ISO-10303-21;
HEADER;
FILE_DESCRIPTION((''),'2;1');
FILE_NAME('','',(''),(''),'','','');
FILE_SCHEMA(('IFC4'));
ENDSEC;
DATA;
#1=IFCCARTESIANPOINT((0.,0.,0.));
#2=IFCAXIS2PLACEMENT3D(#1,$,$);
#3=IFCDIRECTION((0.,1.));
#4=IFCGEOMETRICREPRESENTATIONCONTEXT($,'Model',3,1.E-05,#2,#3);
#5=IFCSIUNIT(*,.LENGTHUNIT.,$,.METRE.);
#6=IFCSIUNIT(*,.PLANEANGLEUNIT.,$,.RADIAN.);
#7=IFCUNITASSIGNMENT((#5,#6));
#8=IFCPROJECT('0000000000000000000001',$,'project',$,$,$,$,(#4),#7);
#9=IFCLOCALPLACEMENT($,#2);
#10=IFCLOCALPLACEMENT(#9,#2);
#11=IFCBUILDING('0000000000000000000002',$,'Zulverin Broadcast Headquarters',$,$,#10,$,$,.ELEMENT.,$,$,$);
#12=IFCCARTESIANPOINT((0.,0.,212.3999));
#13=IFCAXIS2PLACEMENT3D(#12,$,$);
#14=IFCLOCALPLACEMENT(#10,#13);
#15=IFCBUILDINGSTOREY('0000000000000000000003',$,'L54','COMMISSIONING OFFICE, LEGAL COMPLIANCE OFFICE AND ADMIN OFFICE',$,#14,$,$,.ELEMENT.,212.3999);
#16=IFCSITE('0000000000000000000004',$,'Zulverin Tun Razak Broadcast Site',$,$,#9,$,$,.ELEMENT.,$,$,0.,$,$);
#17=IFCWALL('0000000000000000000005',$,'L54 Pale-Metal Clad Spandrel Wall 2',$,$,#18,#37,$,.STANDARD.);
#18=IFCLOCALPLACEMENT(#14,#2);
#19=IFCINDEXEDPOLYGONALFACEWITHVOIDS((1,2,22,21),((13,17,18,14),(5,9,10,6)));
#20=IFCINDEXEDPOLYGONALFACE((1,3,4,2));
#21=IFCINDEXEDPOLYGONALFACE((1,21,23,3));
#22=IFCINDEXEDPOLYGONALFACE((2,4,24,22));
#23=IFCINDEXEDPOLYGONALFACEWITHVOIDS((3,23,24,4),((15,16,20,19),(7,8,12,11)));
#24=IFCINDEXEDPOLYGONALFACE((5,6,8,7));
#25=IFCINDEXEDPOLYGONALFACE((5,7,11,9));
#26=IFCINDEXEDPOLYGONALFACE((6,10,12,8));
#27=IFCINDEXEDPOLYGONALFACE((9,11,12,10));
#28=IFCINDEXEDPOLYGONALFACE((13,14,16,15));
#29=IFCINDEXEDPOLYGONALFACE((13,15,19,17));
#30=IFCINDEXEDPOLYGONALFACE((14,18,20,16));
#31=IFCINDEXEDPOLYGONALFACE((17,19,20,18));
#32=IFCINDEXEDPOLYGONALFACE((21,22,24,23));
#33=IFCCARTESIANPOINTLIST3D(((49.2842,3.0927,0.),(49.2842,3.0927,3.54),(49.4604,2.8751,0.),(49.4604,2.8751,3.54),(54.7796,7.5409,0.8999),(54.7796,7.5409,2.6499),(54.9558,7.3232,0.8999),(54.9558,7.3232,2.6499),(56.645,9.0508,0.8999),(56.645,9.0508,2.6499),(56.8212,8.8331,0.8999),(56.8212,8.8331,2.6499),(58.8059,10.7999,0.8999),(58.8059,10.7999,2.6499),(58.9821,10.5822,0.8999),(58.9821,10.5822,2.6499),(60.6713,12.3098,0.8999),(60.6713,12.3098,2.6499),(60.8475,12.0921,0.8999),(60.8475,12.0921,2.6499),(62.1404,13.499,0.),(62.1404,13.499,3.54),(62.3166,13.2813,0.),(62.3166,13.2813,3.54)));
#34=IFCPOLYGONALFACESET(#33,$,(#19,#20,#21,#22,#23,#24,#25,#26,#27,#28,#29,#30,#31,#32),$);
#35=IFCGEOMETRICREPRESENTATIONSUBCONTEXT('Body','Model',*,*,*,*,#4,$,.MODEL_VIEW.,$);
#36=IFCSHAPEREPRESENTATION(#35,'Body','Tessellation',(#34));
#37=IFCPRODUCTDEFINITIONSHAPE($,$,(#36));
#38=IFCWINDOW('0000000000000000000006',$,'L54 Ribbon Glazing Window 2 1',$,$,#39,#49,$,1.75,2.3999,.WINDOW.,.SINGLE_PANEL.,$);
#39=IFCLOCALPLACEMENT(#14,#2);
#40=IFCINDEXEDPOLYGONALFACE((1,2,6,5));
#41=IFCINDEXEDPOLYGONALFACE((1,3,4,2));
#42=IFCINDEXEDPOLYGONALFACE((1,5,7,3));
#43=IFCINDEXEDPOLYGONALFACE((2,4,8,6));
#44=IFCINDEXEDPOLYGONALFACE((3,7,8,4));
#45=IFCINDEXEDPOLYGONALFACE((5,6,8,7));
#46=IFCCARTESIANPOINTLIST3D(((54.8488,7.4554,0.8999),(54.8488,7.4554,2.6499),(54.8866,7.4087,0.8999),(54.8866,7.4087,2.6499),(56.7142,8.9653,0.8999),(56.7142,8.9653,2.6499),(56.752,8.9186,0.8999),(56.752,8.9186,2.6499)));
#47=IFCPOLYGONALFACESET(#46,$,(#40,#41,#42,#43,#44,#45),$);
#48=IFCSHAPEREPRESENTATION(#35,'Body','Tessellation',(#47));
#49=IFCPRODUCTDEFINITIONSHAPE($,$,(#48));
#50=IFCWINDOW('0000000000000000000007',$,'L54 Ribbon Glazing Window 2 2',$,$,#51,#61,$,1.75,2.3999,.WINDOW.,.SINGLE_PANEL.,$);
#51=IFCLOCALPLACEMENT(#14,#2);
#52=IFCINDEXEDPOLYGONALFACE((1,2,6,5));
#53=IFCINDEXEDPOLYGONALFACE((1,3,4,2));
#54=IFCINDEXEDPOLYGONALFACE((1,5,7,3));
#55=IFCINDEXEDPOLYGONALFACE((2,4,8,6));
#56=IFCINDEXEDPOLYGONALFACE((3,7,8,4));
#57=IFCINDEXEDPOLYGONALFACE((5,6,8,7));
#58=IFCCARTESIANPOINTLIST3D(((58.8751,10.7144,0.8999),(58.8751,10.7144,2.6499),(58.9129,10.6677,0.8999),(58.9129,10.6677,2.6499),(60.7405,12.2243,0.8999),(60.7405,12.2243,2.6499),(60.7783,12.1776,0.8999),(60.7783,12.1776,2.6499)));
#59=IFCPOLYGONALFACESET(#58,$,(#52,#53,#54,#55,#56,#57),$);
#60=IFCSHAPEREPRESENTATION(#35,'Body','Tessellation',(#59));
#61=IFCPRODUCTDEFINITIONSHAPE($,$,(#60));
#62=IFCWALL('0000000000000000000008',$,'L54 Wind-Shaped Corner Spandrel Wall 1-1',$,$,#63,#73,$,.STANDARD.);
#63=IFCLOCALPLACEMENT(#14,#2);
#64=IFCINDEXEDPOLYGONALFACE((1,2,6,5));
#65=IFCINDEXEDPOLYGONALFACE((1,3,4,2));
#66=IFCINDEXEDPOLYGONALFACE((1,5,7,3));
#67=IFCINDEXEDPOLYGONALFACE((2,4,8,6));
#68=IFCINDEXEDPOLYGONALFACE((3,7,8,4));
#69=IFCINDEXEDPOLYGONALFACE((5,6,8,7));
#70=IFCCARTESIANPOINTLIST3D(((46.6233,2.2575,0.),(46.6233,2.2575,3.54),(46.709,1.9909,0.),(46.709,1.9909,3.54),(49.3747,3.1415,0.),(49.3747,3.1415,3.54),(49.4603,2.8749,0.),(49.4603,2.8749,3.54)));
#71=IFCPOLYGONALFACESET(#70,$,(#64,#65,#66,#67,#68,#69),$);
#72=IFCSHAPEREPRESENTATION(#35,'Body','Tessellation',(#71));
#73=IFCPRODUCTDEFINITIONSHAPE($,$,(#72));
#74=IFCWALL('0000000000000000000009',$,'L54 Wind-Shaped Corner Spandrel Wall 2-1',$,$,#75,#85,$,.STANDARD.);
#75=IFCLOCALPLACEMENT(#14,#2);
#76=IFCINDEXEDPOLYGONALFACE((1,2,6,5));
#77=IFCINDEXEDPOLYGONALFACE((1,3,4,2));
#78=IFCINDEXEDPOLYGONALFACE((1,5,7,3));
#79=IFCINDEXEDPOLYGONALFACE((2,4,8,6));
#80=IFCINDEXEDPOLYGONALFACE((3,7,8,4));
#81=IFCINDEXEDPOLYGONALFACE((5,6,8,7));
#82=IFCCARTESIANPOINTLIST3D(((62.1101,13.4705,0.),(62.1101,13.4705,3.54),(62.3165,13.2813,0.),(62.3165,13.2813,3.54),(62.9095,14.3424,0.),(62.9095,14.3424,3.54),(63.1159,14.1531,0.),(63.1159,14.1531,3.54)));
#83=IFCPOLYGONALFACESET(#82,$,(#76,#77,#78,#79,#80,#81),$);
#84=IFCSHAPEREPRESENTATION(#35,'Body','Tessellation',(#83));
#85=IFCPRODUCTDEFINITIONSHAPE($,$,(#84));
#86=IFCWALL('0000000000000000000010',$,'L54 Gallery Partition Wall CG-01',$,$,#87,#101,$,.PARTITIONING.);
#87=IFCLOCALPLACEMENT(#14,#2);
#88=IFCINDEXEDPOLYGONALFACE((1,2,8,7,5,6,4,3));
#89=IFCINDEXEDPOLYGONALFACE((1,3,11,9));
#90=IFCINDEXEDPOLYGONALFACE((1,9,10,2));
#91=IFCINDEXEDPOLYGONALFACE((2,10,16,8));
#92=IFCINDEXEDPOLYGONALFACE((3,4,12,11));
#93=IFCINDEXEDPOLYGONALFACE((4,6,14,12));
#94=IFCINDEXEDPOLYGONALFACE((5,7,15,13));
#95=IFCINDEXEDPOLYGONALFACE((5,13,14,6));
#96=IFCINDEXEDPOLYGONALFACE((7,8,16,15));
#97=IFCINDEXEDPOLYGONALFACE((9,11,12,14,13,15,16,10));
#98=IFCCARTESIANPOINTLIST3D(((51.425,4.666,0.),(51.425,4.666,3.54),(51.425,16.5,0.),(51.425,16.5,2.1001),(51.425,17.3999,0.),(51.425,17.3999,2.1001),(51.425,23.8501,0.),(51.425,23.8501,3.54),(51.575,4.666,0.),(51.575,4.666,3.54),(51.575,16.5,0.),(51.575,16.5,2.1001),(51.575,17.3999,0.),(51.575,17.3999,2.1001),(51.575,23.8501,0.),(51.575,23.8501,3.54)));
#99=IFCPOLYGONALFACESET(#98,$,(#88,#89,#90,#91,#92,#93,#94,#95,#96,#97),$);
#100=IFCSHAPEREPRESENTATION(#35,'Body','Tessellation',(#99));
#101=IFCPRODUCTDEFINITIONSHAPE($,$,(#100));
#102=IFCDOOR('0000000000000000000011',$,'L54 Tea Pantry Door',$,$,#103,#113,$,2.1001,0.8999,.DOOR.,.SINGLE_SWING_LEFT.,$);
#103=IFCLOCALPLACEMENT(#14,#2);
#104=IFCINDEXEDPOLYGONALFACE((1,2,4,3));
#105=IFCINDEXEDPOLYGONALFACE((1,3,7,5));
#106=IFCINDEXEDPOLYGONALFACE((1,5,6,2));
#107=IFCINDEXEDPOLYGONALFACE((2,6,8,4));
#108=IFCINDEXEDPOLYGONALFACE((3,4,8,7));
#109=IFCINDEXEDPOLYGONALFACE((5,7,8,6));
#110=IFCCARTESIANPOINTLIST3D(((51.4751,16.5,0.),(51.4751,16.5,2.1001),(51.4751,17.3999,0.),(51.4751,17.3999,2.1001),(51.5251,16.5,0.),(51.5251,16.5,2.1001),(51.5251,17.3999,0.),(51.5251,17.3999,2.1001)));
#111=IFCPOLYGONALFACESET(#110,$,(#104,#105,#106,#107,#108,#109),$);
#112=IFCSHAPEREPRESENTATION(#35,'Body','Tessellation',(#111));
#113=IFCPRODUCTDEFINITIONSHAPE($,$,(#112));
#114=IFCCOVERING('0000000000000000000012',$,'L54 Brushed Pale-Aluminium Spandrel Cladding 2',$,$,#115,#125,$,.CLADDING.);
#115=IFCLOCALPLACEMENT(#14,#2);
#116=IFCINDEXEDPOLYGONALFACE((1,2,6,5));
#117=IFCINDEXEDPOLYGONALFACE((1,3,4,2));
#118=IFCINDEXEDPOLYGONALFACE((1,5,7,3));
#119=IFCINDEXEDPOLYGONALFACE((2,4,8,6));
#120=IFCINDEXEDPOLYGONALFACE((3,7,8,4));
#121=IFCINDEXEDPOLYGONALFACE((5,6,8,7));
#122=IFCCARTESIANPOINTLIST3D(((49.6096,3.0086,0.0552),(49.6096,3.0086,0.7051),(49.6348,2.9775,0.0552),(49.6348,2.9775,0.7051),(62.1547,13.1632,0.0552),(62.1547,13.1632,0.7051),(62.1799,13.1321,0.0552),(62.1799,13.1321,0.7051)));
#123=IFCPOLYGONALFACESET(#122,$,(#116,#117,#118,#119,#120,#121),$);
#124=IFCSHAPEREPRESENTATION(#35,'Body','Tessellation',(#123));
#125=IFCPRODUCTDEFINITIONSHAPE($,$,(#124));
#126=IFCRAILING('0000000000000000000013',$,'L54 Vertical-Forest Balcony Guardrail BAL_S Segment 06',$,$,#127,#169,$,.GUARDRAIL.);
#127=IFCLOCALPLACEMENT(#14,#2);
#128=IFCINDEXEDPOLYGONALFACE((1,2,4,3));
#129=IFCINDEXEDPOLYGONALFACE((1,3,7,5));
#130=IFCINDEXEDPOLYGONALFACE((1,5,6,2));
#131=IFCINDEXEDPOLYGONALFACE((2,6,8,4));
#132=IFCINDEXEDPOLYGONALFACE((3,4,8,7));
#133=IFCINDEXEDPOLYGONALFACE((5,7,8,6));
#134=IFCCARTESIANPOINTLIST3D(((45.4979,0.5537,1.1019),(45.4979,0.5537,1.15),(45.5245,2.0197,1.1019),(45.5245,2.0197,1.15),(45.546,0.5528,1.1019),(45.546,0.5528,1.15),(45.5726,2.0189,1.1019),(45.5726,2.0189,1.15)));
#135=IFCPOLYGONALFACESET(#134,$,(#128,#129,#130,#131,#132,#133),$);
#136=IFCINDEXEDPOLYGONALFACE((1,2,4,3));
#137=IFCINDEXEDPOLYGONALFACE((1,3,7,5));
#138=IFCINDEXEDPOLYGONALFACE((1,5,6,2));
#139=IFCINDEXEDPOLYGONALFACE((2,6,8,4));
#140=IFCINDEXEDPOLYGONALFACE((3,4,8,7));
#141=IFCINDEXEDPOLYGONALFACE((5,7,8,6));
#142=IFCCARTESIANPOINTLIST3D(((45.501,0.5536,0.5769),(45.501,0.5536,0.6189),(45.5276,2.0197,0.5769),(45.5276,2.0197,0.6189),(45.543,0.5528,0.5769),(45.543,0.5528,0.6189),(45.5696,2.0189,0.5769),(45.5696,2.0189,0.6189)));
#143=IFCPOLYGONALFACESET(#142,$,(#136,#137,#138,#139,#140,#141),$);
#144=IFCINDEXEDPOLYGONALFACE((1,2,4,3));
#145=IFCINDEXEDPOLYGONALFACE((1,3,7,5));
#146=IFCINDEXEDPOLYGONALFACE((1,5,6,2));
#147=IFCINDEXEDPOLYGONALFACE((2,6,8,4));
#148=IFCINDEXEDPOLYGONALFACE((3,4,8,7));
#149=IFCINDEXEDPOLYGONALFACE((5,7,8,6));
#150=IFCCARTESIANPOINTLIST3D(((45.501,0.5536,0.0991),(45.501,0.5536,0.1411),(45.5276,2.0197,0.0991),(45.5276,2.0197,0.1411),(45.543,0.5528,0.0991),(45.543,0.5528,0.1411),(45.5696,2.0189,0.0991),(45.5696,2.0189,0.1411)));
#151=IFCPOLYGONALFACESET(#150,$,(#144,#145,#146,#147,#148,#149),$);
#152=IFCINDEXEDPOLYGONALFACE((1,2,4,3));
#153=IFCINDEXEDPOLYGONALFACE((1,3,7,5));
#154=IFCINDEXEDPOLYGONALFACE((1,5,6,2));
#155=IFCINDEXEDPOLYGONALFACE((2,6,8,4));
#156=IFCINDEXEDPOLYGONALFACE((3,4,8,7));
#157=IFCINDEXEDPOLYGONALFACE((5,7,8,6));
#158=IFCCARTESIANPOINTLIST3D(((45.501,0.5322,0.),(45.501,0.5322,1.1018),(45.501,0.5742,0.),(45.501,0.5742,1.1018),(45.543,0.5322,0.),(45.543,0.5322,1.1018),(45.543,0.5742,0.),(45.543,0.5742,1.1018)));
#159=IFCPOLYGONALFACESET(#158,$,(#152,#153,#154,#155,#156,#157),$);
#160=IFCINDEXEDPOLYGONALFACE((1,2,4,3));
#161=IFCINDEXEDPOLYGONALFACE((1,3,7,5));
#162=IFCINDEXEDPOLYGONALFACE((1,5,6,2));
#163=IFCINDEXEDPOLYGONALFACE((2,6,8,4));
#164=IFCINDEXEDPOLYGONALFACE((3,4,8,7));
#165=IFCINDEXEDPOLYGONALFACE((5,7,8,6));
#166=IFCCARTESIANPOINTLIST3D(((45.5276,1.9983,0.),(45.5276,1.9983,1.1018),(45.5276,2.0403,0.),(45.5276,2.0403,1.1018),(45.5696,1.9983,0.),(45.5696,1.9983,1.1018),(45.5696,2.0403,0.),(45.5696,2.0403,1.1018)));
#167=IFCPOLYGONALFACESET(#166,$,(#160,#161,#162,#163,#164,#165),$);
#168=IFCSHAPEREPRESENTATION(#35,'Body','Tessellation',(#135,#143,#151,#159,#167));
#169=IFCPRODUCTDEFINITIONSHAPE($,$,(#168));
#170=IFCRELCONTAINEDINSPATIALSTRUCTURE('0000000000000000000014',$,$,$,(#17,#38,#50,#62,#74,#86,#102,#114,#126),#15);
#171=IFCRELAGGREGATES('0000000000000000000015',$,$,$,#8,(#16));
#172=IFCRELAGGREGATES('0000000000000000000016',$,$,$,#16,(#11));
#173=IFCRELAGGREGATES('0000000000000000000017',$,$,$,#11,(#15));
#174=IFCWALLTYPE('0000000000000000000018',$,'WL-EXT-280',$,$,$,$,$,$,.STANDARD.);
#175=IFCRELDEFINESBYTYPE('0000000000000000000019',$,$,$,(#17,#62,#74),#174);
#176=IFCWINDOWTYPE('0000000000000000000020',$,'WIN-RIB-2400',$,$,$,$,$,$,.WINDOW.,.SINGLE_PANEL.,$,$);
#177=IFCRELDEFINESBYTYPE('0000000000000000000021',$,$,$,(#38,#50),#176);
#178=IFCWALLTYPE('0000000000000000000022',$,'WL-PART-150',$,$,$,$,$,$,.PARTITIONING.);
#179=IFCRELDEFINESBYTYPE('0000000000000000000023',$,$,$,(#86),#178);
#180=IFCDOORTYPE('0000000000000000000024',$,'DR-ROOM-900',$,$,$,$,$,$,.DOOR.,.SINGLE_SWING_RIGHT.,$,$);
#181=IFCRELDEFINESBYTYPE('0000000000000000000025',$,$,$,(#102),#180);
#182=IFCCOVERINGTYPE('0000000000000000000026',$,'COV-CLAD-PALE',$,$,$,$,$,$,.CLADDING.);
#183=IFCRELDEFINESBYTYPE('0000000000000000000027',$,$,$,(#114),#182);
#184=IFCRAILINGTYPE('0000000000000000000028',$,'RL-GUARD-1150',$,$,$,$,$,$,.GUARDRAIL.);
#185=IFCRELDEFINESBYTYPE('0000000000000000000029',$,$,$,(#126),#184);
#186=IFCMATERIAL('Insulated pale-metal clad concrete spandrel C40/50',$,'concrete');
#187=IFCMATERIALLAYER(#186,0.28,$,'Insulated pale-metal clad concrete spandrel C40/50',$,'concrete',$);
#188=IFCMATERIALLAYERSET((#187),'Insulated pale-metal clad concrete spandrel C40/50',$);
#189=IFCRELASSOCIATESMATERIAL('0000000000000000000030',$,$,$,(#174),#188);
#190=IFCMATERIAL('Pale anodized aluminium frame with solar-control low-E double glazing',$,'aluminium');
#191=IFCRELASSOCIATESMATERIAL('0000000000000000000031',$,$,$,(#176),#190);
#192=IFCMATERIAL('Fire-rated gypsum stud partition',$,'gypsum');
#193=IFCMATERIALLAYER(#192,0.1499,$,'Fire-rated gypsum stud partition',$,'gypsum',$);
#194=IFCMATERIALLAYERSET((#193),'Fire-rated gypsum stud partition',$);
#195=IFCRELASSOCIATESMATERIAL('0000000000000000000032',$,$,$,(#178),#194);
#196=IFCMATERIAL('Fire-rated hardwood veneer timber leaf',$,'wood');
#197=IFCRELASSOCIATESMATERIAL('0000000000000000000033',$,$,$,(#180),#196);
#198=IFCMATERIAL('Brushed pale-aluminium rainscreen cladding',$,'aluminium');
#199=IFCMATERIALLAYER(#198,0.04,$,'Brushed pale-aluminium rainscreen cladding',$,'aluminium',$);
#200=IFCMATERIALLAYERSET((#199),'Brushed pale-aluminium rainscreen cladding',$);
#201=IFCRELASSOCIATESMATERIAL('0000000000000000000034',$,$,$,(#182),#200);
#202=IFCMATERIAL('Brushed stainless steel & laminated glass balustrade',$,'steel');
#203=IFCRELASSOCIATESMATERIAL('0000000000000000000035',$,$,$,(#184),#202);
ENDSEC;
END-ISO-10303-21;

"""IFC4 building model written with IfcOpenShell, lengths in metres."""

from ifc_helpers import new_model, si_unit, direction, frame, frame_2d, origin, origin_2d, place, context, subcontext, project, spatial, rectangle, extrude, material, layer, layer_set, type_object, element, fill, save


model = new_model("IFC4")

# Units and contexts
model_context = context("Model", 3, precision=1e-05, world=origin(), true_north=direction((0.0, 1.0)))
body_context = subcontext(model_context, "Body", "Model", "MODEL_VIEW")
ifc_project = project(units=[si_unit("LENGTHUNIT", "METRE"), si_unit("PLANEANGLEUNIT", "RADIAN")], contexts=[model_context])

# Site, building, storey
site_placement = place(None, origin())
site = spatial("IfcSite", under=ifc_project, at=site_placement, Name="Zulverin Tun Razak Broadcast Site", CompositionType="ELEMENT", RefElevation=0.0)
building_placement = place(site_placement, origin())
building = spatial("IfcBuilding", under=site, at=building_placement, Name="Zulverin Broadcast Headquarters", CompositionType="ELEMENT")
storey_placement = place(building_placement, frame((0.0, 0.0, 212.3999)))
storey = spatial("IfcBuildingStorey", under=building, at=storey_placement, Name="L54", Description="COMMISSIONING OFFICE, LEGAL COMPLIANCE OFFICE AND ADMIN OFFICE", CompositionType="ELEMENT", Elevation=212.3999)

# Wall, openings, windows
ifc_material_1 = material(Name="Insulated pale-metal clad concrete spandrel C40/50", Category="concrete")
ifc_layer_1 = layer(ifc_material_1, 0.28, Name="Insulated pale-metal clad concrete spandrel C40/50", Category="concrete")
ifc_layer_set_1 = layer_set([ifc_layer_1], Name="Insulated pale-metal clad concrete spandrel C40/50")
wall_type_1 = type_object("IfcWallType", Name="WL-EXT-280", PredefinedType="STANDARD", material=ifc_layer_set_1)
wall_1_placement = place(storey_placement, frame((49.3723, 2.9839, 0.0), z_axis=(0.0, 0.0, 1.0), x_axis=(0.777279, 0.629156, 0.0)))
wall_1 = element("IfcWall", 1, at=wall_1_placement, inside=storey, type_object=wall_type_1, Name="L54 Pale-Metal Clad Spandrel Wall 2", PredefinedType="STANDARD", context=body_context, shape_type="SweptSolid", body=[
    extrude(rectangle(XDim=16.54, YDim=0.28, at=frame_2d((8.27, 0.0))), origin(), (0.0, 0.0, 1.0), 3.54),
])
opening_1_placement = place(wall_1_placement, frame((7.0701, 0.0, 0.8999)))
opening_1 = element("IfcOpeningElement", 2, at=opening_1_placement, cuts=wall_1, PredefinedType="OPENING", context=body_context, shape_type="SweptSolid", body=[
    extrude(rectangle(XDim=2.3999, YDim=1.75, at=frame_2d((1.2, 0.875))), frame((0.0, 0.1499, 0.0), z_axis=(0.0, -1.0, 0.0), x_axis=(1.0, 0.0, 0.0)), (0.0, 0.0, 1.0), 0.3),
])
opening_2_placement = place(wall_1_placement, frame((12.25, 0.0, 0.8999)))
opening_2 = element("IfcOpeningElement", 3, at=opening_2_placement, cuts=wall_1, PredefinedType="OPENING", context=body_context, shape_type="SweptSolid", body=[
    extrude(rectangle(XDim=2.3999, YDim=1.75, at=frame_2d((1.2, 0.875))), frame((0.0, 0.1499, 0.0), z_axis=(0.0, -1.0, 0.0), x_axis=(1.0, 0.0, 0.0)), (0.0, 0.0, 1.0), 0.3),
])
ifc_material_2 = material(Name="Pale anodized aluminium frame with solar-control low-E double glazing", Category="aluminium")
window_type = type_object("IfcWindowType", Name="WIN-RIB-2400", PartitioningType="SINGLE_PANEL", PredefinedType="WINDOW", material=ifc_material_2)
window_1_placement = place(opening_1_placement, origin())
window_1 = element("IfcWindow", 4, at=window_1_placement, inside=storey, type_object=window_type, Name="L54 Ribbon Glazing Window 2 1", OverallHeight=1.75, OverallWidth=2.3999, PartitioningType="SINGLE_PANEL", PredefinedType="WINDOW", context=body_context, shape_type="SweptSolid", body=[
    extrude(rectangle(XDim=2.3999, YDim=1.75, at=frame_2d((1.2, 0.875))), frame((0.0, 0.03, 0.0), z_axis=(0.0, -1.0, 0.0), x_axis=(1.0, 0.0, 0.0)), (0.0, 0.0, 1.0), 0.0601),
])
fill(opening_1, window_1)
window_2_placement = place(opening_2_placement, origin())
window_2 = element("IfcWindow", 5, at=window_2_placement, inside=storey, type_object=window_type, Name="L54 Ribbon Glazing Window 2 2", OverallHeight=1.75, OverallWidth=2.3999, PartitioningType="SINGLE_PANEL", PredefinedType="WINDOW", context=body_context, shape_type="SweptSolid", body=[
    extrude(rectangle(XDim=2.3999, YDim=1.75, at=frame_2d((1.2, 0.875))), frame((0.0, 0.03, 0.0), z_axis=(0.0, -1.0, 0.0), x_axis=(1.0, 0.0, 0.0)), (0.0, 0.0, 1.0), 0.0601),
])
fill(opening_2, window_2)

# Walls
wall_2_placement = place(storey_placement, frame((46.6663, 2.1243, 0.0), z_axis=(0.0, 0.0, 1.0), x_axis=(0.952065, 0.305894, 0.0)))
element("IfcWall", 6, at=wall_2_placement, inside=storey, type_object=wall_type_1, Name="L54 Wind-Shaped Corner Spandrel Wall 1-1", PredefinedType="STANDARD", context=body_context, shape_type="SweptSolid", body=[
    extrude(rectangle(XDim=2.8899, YDim=0.28, at=frame_2d((1.4448, 0.0))), origin(), (0.0, 0.0, 1.0), 3.54),
])
wall_3_placement = place(storey_placement, frame((62.2134, 13.376, 0.0), z_axis=(0.0, 0.0, 1.0), x_axis=(0.67579, 0.737094, 0.0)))
element("IfcWall", 7, at=wall_3_placement, inside=storey, type_object=wall_type_1, Name="L54 Wind-Shaped Corner Spandrel Wall 2-1", PredefinedType="STANDARD", context=body_context, shape_type="SweptSolid", body=[
    extrude(rectangle(XDim=1.1829, YDim=0.28, at=frame_2d((0.5913, 0.0))), origin(), (0.0, 0.0, 1.0), 3.54),
])

# Wall, opening, door
ifc_material_3 = material(Name="Fire-rated gypsum stud partition", Category="gypsum")
ifc_layer_2 = layer(ifc_material_3, 0.1499, Name="Fire-rated gypsum stud partition", Category="gypsum")
ifc_layer_set_2 = layer_set([ifc_layer_2], Name="Fire-rated gypsum stud partition")
wall_type_2 = type_object("IfcWallType", Name="WL-PART-150", PredefinedType="PARTITIONING", material=ifc_layer_set_2)
wall_4_placement = place(storey_placement, frame((51.5, 4.666, 0.0), z_axis=(0.0, 0.0, 1.0), x_axis=(0.0, 1.0, 0.0)))
wall_4 = element("IfcWall", 8, at=wall_4_placement, inside=storey, type_object=wall_type_2, Name="L54 Gallery Partition Wall CG-01", PredefinedType="PARTITIONING", context=body_context, shape_type="SweptSolid", body=[
    extrude(rectangle(XDim=19.1841, YDim=0.1499, at=frame_2d((9.592, 0.0))), origin(), (0.0, 0.0, 1.0), 3.54),
])
opening_3_placement = place(wall_4_placement, frame((11.834, 0.0, 0.0)))
opening_3 = element("IfcOpeningElement", 9, at=opening_3_placement, cuts=wall_4, PredefinedType="OPENING", context=body_context, shape_type="SweptSolid", body=[
    extrude(rectangle(XDim=0.8999, YDim=2.1001, at=frame_2d((0.45, 1.05))), frame((0.0, 0.085, 0.0), z_axis=(0.0, -1.0, 0.0), x_axis=(1.0, 0.0, 0.0)), (0.0, 0.0, 1.0), 0.1699),
])
ifc_material_4 = material(Name="Fire-rated hardwood veneer timber leaf", Category="wood")
door_type = type_object("IfcDoorType", Name="DR-ROOM-900", OperationType="SINGLE_SWING_RIGHT", PredefinedType="DOOR", material=ifc_material_4)
door_placement = place(opening_3_placement, origin())
door = element("IfcDoor", 10, at=door_placement, inside=storey, type_object=door_type, Name="L54 Tea Pantry Door", OperationType="SINGLE_SWING_LEFT", OverallHeight=2.1001, OverallWidth=0.8999, PredefinedType="DOOR", context=body_context, shape_type="SweptSolid", body=[
    extrude(rectangle(XDim=0.8999, YDim=2.1001, at=frame_2d((0.45, 1.05))), frame((0.0, 0.0249, 0.0), z_axis=(0.0, -1.0, 0.0), x_axis=(1.0, 0.0, 0.0)), (0.0, 0.0, 1.0), 0.05),
])
fill(opening_3, door)

# Covering
ifc_material_5 = material(Name="Brushed pale-aluminium rainscreen cladding", Category="aluminium")
ifc_layer_3 = layer(ifc_material_5, 0.04, Name="Brushed pale-aluminium rainscreen cladding", Category="aluminium")
ifc_layer_set_3 = layer_set([ifc_layer_3], Name="Brushed pale-aluminium rainscreen cladding")
covering_type = type_object("IfcCoveringType", Name="COV-CLAD-PALE", PredefinedType="CLADDING", material=ifc_layer_set_3)
covering_placement = place(storey_placement, frame((55.8948, 8.0703, 0.0552), z_axis=(0.0, 0.0, 1.0), x_axis=(0.777274, 0.629162, 0.0)))
element("IfcCovering", 11, at=covering_placement, inside=storey, type_object=covering_type, Name="L54 Brushed Pale-Aluminium Spandrel Cladding 2", PredefinedType="CLADDING", context=body_context, shape_type="SweptSolid", body=[
    extrude(rectangle(XDim=16.1399, YDim=0.04, at=origin_2d()), origin(), (0.0, 0.0, 1.0), 0.6499),
])

# Railing
ifc_material_6 = material(Name="Brushed stainless steel & laminated glass balustrade", Category="steel")
railing_type = type_object("IfcRailingType", Name="RL-GUARD-1150", PredefinedType="GUARDRAIL", material=ifc_material_6)
railing_placement = place(storey_placement, frame((45.522, 0.5532, 0.0)))
element("IfcRailing", 12, at=railing_placement, inside=storey, type_object=railing_type, Name="L54 Vertical-Forest Balcony Guardrail BAL_S Segment 06", PredefinedType="GUARDRAIL", context=body_context, shape_type="SweptSolid", body=[
    extrude(rectangle(XDim=0.0481, YDim=0.0481, at=origin_2d()), frame((0.0, 0.0, 1.126), z_axis=(0.018149, 0.999835, 0.0), x_axis=(-0.999835, 0.018149, 0.0)), (0.0, 0.0, 1.0), 1.4663),
    extrude(rectangle(XDim=0.042, YDim=0.042, at=origin_2d()), frame((0.0, 0.0, 0.5979), z_axis=(0.018149, 0.999835, 0.0), x_axis=(-0.999835, 0.018149, 0.0)), (0.0, 0.0, 1.0), 1.4663),
    extrude(rectangle(XDim=0.042, YDim=0.042, at=origin_2d()), frame((0.0, 0.0, 0.1201), z_axis=(0.018149, 0.999835, 0.0), x_axis=(-0.999835, 0.018149, 0.0)), (0.0, 0.0, 1.0), 1.4663),
    extrude(rectangle(XDim=0.042, YDim=0.042, at=origin_2d()), origin(), (0.0, 0.0, 1.0), 1.1018),
    extrude(rectangle(XDim=0.042, YDim=0.042, at=origin_2d()), frame((0.0266, 1.4661, 0.0)), (0.0, 0.0, 1.0), 1.1018),
])

save(model, "model.ifc")
